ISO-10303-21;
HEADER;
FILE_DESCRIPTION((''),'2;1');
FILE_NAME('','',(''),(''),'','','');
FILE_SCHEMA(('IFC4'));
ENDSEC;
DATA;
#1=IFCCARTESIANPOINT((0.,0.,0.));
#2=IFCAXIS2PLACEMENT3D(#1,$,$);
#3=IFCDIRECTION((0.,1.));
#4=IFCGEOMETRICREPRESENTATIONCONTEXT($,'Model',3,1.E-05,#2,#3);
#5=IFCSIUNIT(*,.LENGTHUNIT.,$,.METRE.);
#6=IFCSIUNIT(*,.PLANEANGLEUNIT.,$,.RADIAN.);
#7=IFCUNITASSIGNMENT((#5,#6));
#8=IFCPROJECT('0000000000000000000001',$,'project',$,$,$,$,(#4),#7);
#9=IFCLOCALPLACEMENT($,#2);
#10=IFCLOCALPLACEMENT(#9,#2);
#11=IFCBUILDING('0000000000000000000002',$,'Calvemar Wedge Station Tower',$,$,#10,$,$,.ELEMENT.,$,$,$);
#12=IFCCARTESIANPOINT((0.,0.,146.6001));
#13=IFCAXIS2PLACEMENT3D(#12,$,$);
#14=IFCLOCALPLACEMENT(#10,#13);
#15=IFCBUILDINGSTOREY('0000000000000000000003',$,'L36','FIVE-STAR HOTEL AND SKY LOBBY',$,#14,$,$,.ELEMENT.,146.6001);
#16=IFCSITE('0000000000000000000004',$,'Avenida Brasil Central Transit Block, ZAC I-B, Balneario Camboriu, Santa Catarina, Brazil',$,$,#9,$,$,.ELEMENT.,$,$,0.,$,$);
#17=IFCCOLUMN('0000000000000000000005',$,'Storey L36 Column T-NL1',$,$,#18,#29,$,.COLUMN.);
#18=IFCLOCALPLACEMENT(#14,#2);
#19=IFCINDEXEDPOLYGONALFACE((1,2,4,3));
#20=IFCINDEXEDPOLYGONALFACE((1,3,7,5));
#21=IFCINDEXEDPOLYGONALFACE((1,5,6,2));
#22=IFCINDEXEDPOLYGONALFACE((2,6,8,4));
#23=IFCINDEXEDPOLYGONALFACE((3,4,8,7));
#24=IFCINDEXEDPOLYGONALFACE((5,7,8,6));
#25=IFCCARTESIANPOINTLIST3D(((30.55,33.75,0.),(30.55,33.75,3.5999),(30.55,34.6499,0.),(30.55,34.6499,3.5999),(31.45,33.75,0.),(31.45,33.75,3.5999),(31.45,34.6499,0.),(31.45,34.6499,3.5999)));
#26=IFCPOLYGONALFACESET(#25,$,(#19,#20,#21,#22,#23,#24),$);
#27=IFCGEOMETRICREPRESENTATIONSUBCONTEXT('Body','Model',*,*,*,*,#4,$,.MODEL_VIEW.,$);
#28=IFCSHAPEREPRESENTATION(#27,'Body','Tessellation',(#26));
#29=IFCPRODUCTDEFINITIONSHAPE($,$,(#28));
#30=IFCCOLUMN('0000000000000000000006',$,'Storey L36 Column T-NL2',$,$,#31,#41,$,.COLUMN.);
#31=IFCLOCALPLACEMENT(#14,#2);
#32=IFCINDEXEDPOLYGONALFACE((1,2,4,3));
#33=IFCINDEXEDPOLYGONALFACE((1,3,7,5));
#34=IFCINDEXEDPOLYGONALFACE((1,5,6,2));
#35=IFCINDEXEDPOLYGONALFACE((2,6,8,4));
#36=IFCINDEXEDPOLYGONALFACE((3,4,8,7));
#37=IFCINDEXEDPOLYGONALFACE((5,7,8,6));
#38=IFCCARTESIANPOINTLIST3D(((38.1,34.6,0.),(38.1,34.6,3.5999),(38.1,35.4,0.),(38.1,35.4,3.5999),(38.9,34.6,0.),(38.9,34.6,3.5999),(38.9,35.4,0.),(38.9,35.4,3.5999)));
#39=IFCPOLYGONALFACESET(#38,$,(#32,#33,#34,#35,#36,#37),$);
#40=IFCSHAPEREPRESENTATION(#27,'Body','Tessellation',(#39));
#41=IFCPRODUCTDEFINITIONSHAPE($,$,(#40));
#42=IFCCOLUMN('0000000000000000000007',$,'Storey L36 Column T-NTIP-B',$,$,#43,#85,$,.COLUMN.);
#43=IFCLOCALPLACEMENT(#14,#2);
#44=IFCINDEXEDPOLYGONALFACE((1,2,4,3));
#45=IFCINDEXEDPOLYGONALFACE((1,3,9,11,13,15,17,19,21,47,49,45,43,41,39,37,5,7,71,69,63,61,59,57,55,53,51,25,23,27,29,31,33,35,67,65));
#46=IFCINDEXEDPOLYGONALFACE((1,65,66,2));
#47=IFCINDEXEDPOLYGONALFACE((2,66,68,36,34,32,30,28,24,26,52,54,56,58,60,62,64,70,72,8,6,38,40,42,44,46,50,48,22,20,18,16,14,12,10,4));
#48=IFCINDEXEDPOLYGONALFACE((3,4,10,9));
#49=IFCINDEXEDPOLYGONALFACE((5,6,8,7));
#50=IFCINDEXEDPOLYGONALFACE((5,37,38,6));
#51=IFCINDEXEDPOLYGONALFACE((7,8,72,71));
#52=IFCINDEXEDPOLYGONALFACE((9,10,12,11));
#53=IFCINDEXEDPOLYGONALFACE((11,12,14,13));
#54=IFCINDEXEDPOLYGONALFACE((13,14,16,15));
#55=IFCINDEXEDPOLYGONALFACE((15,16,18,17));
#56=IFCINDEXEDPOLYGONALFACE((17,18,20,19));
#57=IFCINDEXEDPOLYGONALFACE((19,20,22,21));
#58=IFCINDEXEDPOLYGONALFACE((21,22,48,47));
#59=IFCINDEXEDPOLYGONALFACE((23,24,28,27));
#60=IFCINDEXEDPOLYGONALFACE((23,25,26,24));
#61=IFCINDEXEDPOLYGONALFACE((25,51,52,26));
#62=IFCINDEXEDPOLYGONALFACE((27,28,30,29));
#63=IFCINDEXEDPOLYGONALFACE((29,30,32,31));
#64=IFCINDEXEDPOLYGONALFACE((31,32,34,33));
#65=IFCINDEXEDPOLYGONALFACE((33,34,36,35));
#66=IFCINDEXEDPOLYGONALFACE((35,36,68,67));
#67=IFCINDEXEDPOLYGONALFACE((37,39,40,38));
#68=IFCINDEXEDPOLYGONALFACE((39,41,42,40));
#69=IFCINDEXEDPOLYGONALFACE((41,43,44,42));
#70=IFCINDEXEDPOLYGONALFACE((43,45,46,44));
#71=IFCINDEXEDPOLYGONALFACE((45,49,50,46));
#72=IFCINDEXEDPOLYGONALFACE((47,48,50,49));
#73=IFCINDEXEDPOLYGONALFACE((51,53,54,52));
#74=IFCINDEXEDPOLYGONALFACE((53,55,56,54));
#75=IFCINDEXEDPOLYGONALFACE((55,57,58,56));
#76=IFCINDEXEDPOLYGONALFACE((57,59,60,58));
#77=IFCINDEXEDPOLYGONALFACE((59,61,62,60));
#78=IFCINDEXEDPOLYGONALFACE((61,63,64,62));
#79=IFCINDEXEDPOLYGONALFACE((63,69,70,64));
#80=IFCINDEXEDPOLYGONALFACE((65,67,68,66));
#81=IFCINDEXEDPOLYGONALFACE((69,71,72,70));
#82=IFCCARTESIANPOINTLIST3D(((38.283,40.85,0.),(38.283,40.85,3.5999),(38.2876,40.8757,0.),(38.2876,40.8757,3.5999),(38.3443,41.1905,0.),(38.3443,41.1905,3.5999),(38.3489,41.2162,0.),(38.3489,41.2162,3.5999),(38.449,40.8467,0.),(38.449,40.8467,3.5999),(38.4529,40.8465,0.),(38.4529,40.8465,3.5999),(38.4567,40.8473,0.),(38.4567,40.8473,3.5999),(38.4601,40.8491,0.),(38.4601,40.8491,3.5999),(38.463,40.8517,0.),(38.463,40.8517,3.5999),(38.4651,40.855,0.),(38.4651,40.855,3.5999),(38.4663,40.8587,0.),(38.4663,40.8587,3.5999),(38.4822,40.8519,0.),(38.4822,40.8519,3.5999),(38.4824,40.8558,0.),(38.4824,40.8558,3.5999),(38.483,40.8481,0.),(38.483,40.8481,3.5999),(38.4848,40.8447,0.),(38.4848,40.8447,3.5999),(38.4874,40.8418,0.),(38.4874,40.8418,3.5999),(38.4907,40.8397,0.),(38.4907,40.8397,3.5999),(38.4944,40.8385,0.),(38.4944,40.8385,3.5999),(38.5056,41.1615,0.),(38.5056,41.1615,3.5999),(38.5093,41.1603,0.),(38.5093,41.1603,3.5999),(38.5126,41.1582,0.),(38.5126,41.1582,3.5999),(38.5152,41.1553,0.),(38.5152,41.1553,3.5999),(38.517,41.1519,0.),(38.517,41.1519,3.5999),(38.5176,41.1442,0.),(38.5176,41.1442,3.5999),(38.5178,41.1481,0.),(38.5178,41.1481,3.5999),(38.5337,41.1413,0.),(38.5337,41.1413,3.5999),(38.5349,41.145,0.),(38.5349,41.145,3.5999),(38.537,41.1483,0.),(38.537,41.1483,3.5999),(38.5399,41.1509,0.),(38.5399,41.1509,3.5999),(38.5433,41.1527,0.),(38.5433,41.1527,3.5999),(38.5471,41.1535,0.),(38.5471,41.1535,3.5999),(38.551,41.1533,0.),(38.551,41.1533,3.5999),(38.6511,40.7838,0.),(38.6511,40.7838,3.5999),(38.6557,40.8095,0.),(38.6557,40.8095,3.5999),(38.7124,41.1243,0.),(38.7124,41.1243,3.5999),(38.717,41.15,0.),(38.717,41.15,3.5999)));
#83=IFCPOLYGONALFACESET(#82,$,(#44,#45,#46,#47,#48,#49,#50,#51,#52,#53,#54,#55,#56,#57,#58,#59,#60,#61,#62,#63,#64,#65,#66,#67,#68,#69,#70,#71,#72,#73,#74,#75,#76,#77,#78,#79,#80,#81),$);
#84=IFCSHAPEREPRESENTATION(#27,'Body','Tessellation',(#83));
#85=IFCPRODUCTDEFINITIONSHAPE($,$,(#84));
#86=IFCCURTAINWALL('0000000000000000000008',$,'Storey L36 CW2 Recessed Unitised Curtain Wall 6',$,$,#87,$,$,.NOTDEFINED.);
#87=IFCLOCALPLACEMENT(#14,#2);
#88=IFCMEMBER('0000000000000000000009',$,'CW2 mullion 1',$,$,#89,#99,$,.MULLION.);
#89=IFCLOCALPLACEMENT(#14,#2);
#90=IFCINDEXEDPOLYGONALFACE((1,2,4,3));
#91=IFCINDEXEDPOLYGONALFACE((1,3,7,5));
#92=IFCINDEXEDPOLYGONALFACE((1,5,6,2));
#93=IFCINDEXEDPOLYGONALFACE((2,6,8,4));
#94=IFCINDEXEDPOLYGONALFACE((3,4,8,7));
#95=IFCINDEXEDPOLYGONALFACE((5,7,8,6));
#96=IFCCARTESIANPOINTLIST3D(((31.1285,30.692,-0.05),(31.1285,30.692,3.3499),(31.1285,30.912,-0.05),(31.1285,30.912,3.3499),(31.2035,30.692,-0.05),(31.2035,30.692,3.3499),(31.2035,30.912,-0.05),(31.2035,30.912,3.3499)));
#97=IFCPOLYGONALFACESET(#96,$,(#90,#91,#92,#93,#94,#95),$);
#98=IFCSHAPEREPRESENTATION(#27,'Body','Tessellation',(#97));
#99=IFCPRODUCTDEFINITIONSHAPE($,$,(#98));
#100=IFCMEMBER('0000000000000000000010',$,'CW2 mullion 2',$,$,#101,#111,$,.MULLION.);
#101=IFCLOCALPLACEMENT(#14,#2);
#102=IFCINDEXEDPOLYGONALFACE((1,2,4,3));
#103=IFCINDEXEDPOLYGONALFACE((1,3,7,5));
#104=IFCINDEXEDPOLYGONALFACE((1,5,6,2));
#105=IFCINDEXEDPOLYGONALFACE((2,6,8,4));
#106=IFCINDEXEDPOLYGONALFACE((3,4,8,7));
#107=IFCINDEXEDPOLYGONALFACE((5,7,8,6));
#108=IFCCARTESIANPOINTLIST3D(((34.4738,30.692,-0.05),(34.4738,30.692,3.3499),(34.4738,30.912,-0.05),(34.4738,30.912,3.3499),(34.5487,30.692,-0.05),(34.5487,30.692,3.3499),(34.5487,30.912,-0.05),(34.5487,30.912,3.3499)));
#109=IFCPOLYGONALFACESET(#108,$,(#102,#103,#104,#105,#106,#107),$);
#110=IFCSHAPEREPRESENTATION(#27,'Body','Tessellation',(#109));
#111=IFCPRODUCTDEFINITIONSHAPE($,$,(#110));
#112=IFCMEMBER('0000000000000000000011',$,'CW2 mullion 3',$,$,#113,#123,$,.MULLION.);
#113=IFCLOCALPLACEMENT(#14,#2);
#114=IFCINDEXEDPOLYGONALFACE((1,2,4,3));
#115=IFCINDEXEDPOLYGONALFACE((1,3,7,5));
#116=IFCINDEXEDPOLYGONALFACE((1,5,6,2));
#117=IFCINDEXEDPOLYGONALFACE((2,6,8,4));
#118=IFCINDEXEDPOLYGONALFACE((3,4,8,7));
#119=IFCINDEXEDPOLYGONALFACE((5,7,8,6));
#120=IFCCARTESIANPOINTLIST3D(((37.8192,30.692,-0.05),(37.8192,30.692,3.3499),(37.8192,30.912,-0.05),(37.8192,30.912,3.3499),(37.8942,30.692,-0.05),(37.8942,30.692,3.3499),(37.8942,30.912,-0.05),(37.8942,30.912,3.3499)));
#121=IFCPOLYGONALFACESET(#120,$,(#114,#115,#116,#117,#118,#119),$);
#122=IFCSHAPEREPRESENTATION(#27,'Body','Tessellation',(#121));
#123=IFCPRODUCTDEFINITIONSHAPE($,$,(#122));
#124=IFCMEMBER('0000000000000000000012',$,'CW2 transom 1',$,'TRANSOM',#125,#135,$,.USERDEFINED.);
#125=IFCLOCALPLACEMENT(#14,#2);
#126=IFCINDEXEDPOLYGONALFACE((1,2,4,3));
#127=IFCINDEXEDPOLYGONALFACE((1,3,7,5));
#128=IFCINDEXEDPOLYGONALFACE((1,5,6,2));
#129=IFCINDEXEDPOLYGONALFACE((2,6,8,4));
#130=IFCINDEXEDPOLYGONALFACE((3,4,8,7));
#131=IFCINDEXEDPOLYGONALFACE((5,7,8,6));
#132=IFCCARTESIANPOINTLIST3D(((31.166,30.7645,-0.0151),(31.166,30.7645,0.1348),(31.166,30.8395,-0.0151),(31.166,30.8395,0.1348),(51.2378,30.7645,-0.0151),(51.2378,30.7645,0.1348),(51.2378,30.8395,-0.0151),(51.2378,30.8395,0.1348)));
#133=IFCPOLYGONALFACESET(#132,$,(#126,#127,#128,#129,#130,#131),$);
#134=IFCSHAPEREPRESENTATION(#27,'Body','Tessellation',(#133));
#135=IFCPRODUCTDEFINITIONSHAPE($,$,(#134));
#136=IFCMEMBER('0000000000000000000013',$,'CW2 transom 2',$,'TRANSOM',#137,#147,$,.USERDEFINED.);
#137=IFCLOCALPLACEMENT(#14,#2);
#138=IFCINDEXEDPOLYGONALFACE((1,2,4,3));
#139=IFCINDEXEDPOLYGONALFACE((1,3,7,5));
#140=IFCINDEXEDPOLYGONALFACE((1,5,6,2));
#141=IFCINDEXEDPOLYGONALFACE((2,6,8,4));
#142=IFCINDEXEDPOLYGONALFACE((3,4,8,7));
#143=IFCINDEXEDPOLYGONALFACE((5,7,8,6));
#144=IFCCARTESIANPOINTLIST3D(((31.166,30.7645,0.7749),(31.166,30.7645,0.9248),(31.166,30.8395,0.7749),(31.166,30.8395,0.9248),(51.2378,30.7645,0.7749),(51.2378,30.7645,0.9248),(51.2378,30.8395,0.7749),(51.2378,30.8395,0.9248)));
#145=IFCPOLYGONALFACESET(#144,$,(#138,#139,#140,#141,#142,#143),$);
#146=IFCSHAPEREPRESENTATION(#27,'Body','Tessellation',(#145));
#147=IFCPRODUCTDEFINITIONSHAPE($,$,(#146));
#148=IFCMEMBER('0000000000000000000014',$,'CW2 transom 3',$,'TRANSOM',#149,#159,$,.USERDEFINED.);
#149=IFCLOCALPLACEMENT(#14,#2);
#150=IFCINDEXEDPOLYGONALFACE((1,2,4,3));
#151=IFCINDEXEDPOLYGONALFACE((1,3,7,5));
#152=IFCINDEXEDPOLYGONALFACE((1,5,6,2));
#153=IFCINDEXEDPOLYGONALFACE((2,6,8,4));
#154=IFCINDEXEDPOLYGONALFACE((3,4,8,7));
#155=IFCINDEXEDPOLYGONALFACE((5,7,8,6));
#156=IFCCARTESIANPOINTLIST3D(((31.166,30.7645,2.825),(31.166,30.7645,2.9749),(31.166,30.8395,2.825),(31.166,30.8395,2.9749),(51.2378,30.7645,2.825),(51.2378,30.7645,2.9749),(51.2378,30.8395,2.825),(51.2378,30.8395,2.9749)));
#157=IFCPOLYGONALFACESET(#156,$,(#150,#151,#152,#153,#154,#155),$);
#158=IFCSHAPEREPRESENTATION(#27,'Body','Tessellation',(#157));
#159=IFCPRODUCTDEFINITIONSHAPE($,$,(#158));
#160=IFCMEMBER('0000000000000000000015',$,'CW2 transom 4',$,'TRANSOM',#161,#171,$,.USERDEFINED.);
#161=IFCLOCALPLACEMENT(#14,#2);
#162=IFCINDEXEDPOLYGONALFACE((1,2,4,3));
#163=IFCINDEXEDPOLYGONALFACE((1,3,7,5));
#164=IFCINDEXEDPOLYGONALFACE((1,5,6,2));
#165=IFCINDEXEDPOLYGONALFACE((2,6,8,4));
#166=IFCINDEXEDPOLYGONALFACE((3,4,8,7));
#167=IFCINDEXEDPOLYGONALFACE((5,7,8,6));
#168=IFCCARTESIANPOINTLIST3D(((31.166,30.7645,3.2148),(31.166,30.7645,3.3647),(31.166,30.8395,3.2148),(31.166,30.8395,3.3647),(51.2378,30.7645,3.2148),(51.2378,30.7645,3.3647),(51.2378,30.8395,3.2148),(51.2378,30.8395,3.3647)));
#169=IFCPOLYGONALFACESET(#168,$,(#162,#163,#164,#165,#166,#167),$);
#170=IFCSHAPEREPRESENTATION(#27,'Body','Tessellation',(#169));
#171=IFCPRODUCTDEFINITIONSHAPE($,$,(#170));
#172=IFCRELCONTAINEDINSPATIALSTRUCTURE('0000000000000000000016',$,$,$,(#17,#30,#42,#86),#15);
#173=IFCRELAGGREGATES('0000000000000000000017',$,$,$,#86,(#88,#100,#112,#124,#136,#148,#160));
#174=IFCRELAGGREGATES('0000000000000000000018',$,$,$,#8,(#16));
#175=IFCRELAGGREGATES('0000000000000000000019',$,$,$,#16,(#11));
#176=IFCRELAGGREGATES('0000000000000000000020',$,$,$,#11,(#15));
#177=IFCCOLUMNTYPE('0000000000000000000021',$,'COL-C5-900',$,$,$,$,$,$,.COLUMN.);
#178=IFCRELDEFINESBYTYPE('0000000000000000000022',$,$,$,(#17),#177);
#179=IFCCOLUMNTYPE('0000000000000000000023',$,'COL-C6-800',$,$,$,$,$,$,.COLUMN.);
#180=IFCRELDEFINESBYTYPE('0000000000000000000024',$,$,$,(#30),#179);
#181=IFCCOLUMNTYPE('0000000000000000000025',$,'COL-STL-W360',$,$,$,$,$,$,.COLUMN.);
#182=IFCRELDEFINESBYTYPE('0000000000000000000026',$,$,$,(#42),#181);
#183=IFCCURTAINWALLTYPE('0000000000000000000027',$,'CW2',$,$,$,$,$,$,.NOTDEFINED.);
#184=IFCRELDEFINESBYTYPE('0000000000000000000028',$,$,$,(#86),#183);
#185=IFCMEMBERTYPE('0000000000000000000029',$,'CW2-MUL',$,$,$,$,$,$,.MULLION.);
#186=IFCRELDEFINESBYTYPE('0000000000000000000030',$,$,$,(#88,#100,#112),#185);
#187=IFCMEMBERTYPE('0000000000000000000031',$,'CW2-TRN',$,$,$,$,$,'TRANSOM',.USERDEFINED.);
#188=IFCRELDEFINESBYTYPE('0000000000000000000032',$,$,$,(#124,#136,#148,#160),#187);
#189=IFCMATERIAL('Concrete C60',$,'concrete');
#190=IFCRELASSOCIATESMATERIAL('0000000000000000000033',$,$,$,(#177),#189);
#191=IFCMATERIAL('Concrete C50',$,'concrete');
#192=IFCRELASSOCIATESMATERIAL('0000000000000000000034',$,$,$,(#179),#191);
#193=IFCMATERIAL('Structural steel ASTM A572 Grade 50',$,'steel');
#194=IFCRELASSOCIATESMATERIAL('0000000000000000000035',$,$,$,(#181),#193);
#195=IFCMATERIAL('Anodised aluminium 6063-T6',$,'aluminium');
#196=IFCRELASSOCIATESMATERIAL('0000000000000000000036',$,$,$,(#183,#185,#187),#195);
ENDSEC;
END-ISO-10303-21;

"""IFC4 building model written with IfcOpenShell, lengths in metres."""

from ifc_helpers import new_model, si_unit, direction, frame, origin, origin_2d, place, context, subcontext, project, spatial, rectangle, i_section, extrude, source, transform, mapped, material, material_profile, profile_set, type_object, element, aggregate, save


model = new_model("IFC4")

# Units and contexts
model_context = context("Model", 3, precision=1e-05, world=origin(), true_north=direction((0.0, 1.0)))
body_context = subcontext(model_context, "Body", "Model", "MODEL_VIEW")
ifc_project = project(units=[si_unit("LENGTHUNIT", "METRE"), si_unit("PLANEANGLEUNIT", "RADIAN")], contexts=[model_context])

# Site, building, storey
site_placement = place(None, origin())
site = spatial("IfcSite", under=ifc_project, at=site_placement, Name="Avenida Brasil Central Transit Block, ZAC I-B, Balneario Camboriu, Santa Catarina, Brazil", CompositionType="ELEMENT", RefElevation=0.0)
building_placement = place(site_placement, origin())
building = spatial("IfcBuilding", under=site, at=building_placement, Name="Calvemar Wedge Station Tower", CompositionType="ELEMENT")
storey_placement = place(building_placement, frame((0.0, 0.0, 146.6001)))
storey = spatial("IfcBuildingStorey", under=building, at=storey_placement, Name="L36", Description="FIVE-STAR HOTEL AND SKY LOBBY", CompositionType="ELEMENT", Elevation=146.6001)

# Columns
ifc_material_1 = material(Name="Concrete C60", Category="concrete")
ifc_material_profile_1 = material_profile(ifc_material_1, rectangle(XDim=0.8999, YDim=0.8999, at=origin_2d()), Name="RC900x900")
ifc_profile_set_1 = profile_set([ifc_material_profile_1], Name="Concrete C60")
column_type_1 = type_object("IfcColumnType", Name="COL-C5-900", PredefinedType="COLUMN", material=ifc_profile_set_1)
shared_shape_1 = source(origin(), body_context, "Body", "SweptSolid", [
    extrude(rectangle(XDim=0.8999, YDim=0.8999, at=origin_2d()), origin(), (0.0, 0.0, 1.0), 3.5999),
])
column_1_placement = place(storey_placement, frame((31.0, 34.2, 0.0), z_axis=(0.0, 0.0, 1.0), x_axis=(1.0, 0.0, 0.0)))
element("IfcColumn", 1, at=column_1_placement, inside=storey, type_object=column_type_1, Name="Storey L36 Column T-NL1", PredefinedType="COLUMN", context=body_context, shape_type="MappedRepresentation", body=[
    mapped(shared_shape_1, transform((0.0, 0.0, 0.0), scale=1.0)),
])
ifc_material_2 = material(Name="Concrete C50", Category="concrete")
ifc_material_profile_2 = material_profile(ifc_material_2, rectangle(XDim=0.8, YDim=0.8, at=origin_2d()), Name="RC800x800")
ifc_profile_set_2 = profile_set([ifc_material_profile_2], Name="Concrete C50")
column_type_2 = type_object("IfcColumnType", Name="COL-C6-800", PredefinedType="COLUMN", material=ifc_profile_set_2)
shared_shape_2 = source(origin(), body_context, "Body", "SweptSolid", [
    extrude(rectangle(XDim=0.8, YDim=0.8, at=origin_2d()), origin(), (0.0, 0.0, 1.0), 3.5999),
])
column_2_placement = place(storey_placement, frame((38.5, 35.0, 0.0), z_axis=(0.0, 0.0, 1.0), x_axis=(1.0, 0.0, 0.0)))
element("IfcColumn", 2, at=column_2_placement, inside=storey, type_object=column_type_2, Name="Storey L36 Column T-NL2", PredefinedType="COLUMN", context=body_context, shape_type="MappedRepresentation", body=[
    mapped(shared_shape_2, transform((0.0, 0.0, 0.0), scale=1.0)),
])
ifc_material_3 = material(Name="Structural steel ASTM A572 Grade 50", Category="steel")
ifc_material_profile_3 = material_profile(ifc_material_3, i_section(OverallWidth=0.374, OverallDepth=0.3721, WebThickness=0.0164, FlangeThickness=0.0261, FilletRadius=0.0149, at=origin_2d()), Name="W360x196")
ifc_profile_set_3 = profile_set([ifc_material_profile_3], Name="Structural steel ASTM A572 Grade 50")
column_type_3 = type_object("IfcColumnType", Name="COL-STL-W360", PredefinedType="COLUMN", material=ifc_profile_set_3)
shared_shape_3 = source(origin(), body_context, "Body", "SweptSolid", [
    extrude(i_section(OverallWidth=0.374, OverallDepth=0.3721, WebThickness=0.0164, FlangeThickness=0.0261, FilletRadius=0.0149, at=origin_2d()), origin(), (0.0, 0.0, 1.0), 3.5999),
])
column_3_placement = place(storey_placement, frame((38.5, 41.0, 0.0), z_axis=(0.0, 0.0, 1.0), x_axis=(0.984196, -0.177085, 0.0)))
element("IfcColumn", 3, at=column_3_placement, inside=storey, type_object=column_type_3, Name="Storey L36 Column T-NTIP-B", PredefinedType="COLUMN", context=body_context, shape_type="MappedRepresentation", body=[
    mapped(shared_shape_3, transform((0.0, 0.0, 0.0), scale=1.0)),
])

# Curtain wall, members
ifc_material_4 = material(Name="Anodised aluminium 6063-T6", Category="aluminium")
curtain_wall_type = type_object("IfcCurtainWallType", Name="CW2", PredefinedType="NOTDEFINED", material=ifc_material_4)
curtain_wall_placement = place(storey_placement, origin())
curtain_wall = element("IfcCurtainWall", 4, at=curtain_wall_placement, inside=storey, type_object=curtain_wall_type, Name="Storey L36 CW2 Recessed Unitised Curtain Wall 6", PredefinedType="NOTDEFINED")
ifc_material_profile_4 = material_profile(ifc_material_4, rectangle(XDim=0.075, YDim=0.22, at=origin_2d()), Name="AL-MUL-75x220")
ifc_profile_set_4 = profile_set([ifc_material_profile_4], Name="Anodised aluminium 6063-T6")
member_type_1 = type_object("IfcMemberType", Name="CW2-MUL", PredefinedType="MULLION", material=ifc_profile_set_4)
shared_shape_4 = source(origin(), body_context, "Body", "SweptSolid", [
    extrude(rectangle(XDim=0.075, YDim=0.22, at=origin_2d()), origin(), (0.0, 0.0, 1.0), 3.3999),
])
member_1_placement = place(storey_placement, frame((31.166, 30.802, -0.05), z_axis=(0.0, 0.0, 1.0), x_axis=(1.0, 0.0, 0.0)))
member_1 = element("IfcMember", 5, at=member_1_placement, type_object=member_type_1, Name="CW2 mullion 1", PredefinedType="MULLION", context=body_context, shape_type="MappedRepresentation", body=[
    mapped(shared_shape_4, transform((0.0, 0.0, 0.0), scale=1.0)),
])
member_2_placement = place(storey_placement, frame((34.5112, 30.802, -0.05), z_axis=(0.0, 0.0, 1.0), x_axis=(1.0, 0.0, 0.0)))
member_2 = element("IfcMember", 6, at=member_2_placement, type_object=member_type_1, Name="CW2 mullion 2", PredefinedType="MULLION", context=body_context, shape_type="MappedRepresentation", body=[
    mapped(shared_shape_4, transform((0.0, 0.0, 0.0), scale=1.0)),
])
member_3_placement = place(storey_placement, frame((37.8567, 30.802, -0.05), z_axis=(0.0, 0.0, 1.0), x_axis=(1.0, 0.0, 0.0)))
member_3 = element("IfcMember", 7, at=member_3_placement, type_object=member_type_1, Name="CW2 mullion 3", PredefinedType="MULLION", context=body_context, shape_type="MappedRepresentation", body=[
    mapped(shared_shape_4, transform((0.0, 0.0, 0.0), scale=1.0)),
])
ifc_material_profile_5 = material_profile(ifc_material_4, rectangle(XDim=0.075, YDim=0.1499, at=origin_2d()), Name="AL-TRN-75x150")
ifc_profile_set_5 = profile_set([ifc_material_profile_5], Name="Anodised aluminium 6063-T6")
member_type_2 = type_object("IfcMemberType", Name="CW2-TRN", ElementType="TRANSOM", PredefinedType="USERDEFINED", material=ifc_profile_set_5)
shared_shape_5 = source(origin(), body_context, "Body", "SweptSolid", [
    extrude(rectangle(XDim=0.075, YDim=0.1499, at=origin_2d()), origin(), (0.0, 0.0, 1.0), 20.0718),
])
member_4_placement = place(storey_placement, frame((31.166, 30.802, 0.0598), z_axis=(1.0, 0.0, 0.0), x_axis=(0.0, 1.0, 0.0)))
member_4 = element("IfcMember", 8, at=member_4_placement, type_object=member_type_2, Name="CW2 transom 1", ObjectType="TRANSOM", PredefinedType="USERDEFINED", context=body_context, shape_type="MappedRepresentation", body=[
    mapped(shared_shape_5, transform((0.0, 0.0, 0.0), scale=1.0)),
])
member_5_placement = place(storey_placement, frame((31.166, 30.802, 0.8499), z_axis=(1.0, 0.0, 0.0), x_axis=(0.0, 1.0, 0.0)))
member_5 = element("IfcMember", 9, at=member_5_placement, type_object=member_type_2, Name="CW2 transom 2", ObjectType="TRANSOM", PredefinedType="USERDEFINED", context=body_context, shape_type="MappedRepresentation", body=[
    mapped(shared_shape_5, transform((0.0, 0.0, 0.0), scale=1.0)),
])
member_6_placement = place(storey_placement, frame((31.166, 30.802, 2.8999), z_axis=(1.0, 0.0, 0.0), x_axis=(0.0, 1.0, 0.0)))
member_6 = element("IfcMember", 10, at=member_6_placement, type_object=member_type_2, Name="CW2 transom 3", ObjectType="TRANSOM", PredefinedType="USERDEFINED", context=body_context, shape_type="MappedRepresentation", body=[
    mapped(shared_shape_5, transform((0.0, 0.0, 0.0), scale=1.0)),
])
member_7_placement = place(storey_placement, frame((31.166, 30.802, 3.2898), z_axis=(1.0, 0.0, 0.0), x_axis=(0.0, 1.0, 0.0)))
member_7 = element("IfcMember", 11, at=member_7_placement, type_object=member_type_2, Name="CW2 transom 4", ObjectType="TRANSOM", PredefinedType="USERDEFINED", context=body_context, shape_type="MappedRepresentation", body=[
    mapped(shared_shape_5, transform((0.0, 0.0, 0.0), scale=1.0)),
])
aggregate(curtain_wall, [member_1, member_2, member_3, member_4, member_5, member_6, member_7])

save(model, "model.ifc")
